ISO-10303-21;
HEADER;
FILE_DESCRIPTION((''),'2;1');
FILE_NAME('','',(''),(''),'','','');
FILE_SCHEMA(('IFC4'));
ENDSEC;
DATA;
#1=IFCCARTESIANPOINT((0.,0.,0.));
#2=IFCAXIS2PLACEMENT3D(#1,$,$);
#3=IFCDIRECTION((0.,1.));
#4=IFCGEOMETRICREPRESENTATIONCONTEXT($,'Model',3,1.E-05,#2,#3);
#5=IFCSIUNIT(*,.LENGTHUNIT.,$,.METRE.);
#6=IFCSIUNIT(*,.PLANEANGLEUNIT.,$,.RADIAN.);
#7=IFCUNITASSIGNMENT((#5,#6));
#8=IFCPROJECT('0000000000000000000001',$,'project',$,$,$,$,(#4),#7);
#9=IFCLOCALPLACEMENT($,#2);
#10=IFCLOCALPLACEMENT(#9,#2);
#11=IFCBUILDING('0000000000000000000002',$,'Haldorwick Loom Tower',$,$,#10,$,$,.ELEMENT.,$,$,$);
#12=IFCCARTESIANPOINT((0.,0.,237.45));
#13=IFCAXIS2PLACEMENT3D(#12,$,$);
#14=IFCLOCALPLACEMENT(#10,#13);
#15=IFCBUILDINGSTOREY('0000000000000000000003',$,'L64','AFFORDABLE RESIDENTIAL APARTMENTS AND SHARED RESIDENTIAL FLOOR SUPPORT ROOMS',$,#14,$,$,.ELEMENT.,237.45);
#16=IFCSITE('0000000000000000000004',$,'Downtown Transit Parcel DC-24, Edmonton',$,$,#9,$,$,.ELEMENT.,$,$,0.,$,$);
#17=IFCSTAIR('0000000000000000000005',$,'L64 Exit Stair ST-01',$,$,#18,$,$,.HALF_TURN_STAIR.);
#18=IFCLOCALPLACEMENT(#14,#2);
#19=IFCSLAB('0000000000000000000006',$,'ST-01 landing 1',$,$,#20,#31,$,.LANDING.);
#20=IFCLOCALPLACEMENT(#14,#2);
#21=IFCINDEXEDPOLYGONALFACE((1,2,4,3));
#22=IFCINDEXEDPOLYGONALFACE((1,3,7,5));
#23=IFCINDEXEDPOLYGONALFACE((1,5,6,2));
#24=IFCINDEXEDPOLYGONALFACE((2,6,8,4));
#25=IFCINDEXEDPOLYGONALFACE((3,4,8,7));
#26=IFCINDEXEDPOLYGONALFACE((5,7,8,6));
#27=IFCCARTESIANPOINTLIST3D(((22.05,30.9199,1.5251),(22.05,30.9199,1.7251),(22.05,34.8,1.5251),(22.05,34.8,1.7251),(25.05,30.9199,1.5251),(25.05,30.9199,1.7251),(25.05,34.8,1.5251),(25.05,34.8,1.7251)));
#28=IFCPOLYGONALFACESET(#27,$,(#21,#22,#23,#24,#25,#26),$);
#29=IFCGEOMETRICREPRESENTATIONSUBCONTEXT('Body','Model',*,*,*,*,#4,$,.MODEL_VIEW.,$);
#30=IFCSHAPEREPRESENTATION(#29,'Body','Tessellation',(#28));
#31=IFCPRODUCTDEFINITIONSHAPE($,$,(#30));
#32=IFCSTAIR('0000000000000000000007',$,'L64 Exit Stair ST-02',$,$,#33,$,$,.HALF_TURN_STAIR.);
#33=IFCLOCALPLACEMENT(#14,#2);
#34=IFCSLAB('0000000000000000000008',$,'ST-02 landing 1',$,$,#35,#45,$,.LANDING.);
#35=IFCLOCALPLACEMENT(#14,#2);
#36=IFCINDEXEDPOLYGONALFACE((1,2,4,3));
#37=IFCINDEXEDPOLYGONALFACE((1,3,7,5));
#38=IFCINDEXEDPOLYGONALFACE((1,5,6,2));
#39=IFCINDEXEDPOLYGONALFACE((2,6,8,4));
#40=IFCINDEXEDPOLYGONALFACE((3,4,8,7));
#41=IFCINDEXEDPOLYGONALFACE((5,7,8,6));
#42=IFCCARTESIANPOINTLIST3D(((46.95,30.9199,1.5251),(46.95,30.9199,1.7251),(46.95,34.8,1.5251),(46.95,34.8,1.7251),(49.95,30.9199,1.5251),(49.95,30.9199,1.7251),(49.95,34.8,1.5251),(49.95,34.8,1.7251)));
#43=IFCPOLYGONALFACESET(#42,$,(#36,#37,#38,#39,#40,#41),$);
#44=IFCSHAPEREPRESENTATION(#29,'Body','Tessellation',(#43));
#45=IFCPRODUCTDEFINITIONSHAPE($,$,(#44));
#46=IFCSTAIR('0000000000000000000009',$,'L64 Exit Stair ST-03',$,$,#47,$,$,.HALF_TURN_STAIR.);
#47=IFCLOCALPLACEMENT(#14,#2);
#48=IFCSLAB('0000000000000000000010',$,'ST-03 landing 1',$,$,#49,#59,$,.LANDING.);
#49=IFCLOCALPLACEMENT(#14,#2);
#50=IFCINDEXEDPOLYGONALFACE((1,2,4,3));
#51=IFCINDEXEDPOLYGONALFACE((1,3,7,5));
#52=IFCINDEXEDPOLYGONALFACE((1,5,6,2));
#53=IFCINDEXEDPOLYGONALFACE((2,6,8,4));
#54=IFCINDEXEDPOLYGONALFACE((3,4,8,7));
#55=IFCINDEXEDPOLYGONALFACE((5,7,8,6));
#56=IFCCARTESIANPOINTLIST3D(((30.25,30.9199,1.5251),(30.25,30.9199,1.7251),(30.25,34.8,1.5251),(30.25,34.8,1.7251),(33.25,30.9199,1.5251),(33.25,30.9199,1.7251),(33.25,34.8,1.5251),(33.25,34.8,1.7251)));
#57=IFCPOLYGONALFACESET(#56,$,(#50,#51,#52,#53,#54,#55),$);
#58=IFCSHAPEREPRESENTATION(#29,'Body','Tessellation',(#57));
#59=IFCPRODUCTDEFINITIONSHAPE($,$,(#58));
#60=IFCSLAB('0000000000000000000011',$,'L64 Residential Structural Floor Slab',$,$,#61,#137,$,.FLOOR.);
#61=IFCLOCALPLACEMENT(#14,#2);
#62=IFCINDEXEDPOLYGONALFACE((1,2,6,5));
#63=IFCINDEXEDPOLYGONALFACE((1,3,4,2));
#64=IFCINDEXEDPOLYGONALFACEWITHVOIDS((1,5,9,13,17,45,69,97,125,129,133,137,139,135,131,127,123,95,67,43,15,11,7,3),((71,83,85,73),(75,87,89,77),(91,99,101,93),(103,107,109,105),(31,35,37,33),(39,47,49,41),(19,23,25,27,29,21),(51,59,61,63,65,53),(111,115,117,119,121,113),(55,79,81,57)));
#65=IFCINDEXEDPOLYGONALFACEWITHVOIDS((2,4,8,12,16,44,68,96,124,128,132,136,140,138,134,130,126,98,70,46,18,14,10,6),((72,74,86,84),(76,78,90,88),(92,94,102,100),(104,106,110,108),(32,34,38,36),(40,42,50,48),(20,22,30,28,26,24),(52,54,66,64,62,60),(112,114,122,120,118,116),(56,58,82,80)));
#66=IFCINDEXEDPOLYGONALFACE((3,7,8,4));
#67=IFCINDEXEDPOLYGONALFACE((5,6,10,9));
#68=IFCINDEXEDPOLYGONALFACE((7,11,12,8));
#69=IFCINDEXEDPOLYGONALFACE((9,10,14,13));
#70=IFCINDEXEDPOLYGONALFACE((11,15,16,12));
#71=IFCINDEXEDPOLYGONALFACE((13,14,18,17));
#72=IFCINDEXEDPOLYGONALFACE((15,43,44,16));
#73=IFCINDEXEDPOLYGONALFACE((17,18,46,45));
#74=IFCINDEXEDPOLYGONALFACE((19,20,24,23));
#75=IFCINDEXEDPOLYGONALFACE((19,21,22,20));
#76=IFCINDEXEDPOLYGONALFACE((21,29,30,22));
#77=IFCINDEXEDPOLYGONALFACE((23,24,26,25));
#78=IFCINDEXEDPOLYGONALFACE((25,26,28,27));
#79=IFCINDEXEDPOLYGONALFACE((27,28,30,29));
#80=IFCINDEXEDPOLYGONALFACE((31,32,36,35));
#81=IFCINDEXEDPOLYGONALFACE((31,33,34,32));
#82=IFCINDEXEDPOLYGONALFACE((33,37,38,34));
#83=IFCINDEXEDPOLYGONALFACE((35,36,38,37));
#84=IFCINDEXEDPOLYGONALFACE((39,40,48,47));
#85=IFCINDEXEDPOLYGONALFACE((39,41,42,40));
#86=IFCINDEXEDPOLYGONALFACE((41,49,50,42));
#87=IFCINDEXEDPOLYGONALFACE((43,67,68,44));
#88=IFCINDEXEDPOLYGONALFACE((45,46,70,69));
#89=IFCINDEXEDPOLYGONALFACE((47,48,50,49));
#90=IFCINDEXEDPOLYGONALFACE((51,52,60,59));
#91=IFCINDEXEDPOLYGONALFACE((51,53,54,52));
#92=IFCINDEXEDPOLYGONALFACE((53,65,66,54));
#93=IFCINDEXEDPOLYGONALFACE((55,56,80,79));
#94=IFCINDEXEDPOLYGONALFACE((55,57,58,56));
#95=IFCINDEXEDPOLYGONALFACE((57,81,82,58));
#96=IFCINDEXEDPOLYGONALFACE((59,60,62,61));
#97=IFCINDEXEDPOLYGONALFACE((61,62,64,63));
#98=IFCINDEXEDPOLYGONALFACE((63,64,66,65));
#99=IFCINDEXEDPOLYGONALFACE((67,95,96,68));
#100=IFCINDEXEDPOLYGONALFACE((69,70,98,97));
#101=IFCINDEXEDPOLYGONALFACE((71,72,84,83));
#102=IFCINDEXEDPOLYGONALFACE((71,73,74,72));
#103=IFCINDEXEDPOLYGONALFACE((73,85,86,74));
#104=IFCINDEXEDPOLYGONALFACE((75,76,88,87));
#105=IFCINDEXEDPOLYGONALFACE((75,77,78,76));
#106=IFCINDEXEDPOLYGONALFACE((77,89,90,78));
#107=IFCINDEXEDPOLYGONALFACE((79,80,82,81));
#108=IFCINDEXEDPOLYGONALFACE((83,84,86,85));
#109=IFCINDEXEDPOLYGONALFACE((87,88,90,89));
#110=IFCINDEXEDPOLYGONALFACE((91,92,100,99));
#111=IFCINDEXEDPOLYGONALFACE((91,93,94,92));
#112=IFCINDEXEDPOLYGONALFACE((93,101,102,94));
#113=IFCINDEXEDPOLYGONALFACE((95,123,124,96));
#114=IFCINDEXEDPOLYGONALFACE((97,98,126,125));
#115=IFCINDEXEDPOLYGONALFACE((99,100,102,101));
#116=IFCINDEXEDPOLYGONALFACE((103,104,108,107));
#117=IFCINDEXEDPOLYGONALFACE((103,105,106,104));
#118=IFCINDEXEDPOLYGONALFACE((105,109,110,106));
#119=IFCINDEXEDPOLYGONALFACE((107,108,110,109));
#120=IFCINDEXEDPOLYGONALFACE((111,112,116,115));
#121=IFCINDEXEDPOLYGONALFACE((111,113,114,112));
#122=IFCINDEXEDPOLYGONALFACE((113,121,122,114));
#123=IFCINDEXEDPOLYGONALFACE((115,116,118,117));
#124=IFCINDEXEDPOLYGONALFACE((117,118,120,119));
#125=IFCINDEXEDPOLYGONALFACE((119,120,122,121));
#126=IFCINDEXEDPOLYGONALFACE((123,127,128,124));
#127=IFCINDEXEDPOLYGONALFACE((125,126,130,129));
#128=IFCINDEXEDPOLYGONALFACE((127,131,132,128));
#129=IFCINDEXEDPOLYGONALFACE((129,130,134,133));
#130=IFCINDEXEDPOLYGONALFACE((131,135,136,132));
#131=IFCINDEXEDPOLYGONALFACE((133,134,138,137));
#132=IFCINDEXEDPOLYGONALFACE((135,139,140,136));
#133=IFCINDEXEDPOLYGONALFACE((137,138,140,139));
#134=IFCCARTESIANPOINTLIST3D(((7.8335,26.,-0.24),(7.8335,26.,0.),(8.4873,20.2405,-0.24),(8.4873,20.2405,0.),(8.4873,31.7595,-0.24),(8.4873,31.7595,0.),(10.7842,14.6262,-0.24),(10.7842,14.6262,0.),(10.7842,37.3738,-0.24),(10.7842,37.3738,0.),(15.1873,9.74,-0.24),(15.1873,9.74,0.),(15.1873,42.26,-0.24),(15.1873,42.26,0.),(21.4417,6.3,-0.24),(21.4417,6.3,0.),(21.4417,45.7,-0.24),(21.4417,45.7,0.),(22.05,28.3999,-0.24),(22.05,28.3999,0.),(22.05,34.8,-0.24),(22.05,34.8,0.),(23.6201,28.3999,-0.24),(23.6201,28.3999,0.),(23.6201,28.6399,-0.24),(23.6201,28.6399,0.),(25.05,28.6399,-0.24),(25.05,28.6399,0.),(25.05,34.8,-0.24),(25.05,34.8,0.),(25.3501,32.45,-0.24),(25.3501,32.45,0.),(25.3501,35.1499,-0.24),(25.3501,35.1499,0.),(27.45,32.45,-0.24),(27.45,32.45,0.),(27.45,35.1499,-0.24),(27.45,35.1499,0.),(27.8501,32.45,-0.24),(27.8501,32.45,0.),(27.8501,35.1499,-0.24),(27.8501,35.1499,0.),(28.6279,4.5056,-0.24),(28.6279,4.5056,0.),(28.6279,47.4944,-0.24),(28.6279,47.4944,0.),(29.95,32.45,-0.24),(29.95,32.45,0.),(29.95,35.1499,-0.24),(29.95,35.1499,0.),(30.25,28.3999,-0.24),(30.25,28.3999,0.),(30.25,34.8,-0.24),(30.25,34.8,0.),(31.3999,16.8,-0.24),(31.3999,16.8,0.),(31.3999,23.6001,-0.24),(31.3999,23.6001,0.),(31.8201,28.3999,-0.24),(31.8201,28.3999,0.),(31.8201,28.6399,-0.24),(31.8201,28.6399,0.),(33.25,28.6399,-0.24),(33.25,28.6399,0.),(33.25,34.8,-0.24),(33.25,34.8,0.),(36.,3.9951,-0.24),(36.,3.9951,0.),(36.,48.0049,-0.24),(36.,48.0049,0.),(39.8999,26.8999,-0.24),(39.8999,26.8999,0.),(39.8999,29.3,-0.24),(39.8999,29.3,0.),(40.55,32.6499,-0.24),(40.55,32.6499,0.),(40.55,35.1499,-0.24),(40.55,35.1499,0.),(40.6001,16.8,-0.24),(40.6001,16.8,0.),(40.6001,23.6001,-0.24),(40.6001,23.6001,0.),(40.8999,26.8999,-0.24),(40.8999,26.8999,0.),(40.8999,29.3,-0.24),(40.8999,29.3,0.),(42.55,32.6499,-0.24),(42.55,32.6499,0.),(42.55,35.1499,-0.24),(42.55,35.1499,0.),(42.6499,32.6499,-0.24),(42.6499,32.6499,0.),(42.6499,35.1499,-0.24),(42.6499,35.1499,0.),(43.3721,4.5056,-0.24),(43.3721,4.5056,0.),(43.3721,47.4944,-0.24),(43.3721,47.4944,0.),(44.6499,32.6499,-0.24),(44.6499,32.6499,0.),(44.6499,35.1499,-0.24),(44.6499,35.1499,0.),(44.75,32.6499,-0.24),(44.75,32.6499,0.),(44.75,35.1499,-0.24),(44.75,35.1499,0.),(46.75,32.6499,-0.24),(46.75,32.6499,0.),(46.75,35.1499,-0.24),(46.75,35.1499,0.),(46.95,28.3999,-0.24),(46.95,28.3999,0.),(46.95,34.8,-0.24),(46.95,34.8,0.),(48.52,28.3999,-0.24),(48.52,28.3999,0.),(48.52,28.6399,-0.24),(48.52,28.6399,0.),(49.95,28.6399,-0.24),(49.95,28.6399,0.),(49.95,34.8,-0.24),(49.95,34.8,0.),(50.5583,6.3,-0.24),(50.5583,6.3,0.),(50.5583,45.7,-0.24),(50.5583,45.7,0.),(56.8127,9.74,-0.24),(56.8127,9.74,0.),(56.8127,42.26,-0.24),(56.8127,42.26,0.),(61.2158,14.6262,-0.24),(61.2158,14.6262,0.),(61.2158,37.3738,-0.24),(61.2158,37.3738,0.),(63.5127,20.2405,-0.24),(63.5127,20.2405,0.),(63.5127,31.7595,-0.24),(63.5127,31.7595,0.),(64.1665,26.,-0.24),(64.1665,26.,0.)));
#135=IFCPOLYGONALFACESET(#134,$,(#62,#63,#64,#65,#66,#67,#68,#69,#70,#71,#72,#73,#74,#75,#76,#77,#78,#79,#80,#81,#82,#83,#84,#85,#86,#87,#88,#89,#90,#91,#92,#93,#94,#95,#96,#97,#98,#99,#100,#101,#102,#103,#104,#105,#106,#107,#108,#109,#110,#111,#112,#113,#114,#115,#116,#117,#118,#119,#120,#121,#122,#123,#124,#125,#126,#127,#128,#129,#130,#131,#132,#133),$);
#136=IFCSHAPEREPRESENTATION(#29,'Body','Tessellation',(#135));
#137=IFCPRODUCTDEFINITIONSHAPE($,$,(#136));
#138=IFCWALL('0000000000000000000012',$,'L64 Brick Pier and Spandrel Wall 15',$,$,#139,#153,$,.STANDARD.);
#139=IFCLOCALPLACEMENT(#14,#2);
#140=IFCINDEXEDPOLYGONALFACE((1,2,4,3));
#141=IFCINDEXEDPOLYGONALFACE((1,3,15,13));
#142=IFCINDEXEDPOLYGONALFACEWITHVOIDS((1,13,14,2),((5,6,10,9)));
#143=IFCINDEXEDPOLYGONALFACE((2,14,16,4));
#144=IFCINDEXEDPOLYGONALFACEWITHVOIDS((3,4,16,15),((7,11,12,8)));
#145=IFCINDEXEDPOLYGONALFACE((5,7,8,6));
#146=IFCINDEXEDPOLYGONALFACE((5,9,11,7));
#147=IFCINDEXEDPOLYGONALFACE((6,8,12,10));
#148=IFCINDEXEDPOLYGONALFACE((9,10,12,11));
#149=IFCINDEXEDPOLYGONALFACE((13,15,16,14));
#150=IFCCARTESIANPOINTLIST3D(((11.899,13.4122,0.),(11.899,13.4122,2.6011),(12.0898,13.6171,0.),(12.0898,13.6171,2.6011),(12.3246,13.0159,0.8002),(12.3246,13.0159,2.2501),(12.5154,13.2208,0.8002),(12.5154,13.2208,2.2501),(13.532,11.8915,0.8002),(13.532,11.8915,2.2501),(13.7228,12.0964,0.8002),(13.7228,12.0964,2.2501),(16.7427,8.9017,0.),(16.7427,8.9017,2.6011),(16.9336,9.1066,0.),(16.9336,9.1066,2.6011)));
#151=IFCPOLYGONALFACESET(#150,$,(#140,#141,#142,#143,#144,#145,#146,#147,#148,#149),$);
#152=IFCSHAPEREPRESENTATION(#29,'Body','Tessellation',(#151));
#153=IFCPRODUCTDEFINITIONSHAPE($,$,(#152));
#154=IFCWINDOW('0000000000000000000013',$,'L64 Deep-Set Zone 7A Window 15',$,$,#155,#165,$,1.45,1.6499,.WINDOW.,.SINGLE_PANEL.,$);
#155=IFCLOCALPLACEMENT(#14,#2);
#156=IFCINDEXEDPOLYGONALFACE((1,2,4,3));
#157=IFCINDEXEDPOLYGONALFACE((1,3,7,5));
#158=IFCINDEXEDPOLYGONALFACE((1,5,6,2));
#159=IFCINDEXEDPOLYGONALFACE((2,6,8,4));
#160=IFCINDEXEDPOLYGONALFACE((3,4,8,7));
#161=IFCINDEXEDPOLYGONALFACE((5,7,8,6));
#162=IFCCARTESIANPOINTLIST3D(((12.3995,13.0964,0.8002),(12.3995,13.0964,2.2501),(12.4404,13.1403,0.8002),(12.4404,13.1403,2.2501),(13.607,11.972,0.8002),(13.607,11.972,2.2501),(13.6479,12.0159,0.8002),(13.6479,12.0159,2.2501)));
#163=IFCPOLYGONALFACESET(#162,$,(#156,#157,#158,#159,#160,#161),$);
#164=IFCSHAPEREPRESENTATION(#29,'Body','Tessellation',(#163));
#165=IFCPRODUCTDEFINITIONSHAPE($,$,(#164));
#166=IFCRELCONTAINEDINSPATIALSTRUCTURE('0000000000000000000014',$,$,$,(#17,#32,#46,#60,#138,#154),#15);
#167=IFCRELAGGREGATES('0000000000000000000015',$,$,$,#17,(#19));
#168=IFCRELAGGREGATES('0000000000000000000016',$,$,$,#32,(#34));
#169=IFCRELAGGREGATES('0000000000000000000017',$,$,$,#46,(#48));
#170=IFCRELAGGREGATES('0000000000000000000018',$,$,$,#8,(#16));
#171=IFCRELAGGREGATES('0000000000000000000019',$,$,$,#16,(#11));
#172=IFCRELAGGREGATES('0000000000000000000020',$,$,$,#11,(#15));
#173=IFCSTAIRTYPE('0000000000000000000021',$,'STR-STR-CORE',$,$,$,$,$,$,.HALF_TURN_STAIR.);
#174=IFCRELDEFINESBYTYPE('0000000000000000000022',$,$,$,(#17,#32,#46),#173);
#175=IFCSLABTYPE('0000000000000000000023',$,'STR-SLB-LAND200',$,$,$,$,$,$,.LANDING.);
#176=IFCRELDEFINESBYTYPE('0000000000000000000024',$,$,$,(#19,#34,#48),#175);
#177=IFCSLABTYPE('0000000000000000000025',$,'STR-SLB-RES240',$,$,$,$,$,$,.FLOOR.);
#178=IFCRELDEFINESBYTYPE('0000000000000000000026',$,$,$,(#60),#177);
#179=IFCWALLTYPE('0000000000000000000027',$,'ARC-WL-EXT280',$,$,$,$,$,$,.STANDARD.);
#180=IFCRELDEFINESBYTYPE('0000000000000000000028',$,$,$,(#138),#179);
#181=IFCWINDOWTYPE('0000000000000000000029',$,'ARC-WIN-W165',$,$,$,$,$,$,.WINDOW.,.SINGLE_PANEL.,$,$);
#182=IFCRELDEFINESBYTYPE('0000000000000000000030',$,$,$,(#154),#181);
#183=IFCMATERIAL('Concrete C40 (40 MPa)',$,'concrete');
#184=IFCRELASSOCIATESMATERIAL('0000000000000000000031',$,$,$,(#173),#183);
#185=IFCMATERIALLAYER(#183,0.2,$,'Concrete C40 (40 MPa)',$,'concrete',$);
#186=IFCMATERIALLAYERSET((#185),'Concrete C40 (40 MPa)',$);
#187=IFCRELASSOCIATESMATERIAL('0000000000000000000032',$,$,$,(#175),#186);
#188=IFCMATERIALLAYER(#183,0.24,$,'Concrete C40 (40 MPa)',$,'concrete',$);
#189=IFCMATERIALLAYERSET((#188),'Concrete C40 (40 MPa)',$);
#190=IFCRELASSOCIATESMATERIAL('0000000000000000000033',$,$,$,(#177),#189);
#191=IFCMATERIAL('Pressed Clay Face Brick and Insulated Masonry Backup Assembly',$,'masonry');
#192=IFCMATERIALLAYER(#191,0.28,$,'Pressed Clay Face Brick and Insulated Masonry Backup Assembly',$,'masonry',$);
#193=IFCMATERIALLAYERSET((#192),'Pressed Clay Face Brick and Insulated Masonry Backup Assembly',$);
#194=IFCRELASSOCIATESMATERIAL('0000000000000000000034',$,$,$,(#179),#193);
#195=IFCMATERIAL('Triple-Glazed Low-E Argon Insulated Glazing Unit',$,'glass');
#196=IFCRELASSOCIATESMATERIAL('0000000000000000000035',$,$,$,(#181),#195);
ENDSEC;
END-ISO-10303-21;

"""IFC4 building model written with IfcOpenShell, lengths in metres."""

from ifc_helpers import new_model, si_unit, direction, frame, frame_2d, origin, place, context, subcontext, project, spatial, polyline, rectangle, outline, extrude, material, layer, layer_set, type_object, element, fill, aggregate, save


model = new_model("IFC4")

# Units and contexts
model_context = context("Model", 3, precision=1e-05, world=origin(), true_north=direction((0.0, 1.0)))
body_context = subcontext(model_context, "Body", "Model", "MODEL_VIEW")
ifc_project = project(units=[si_unit("LENGTHUNIT", "METRE"), si_unit("PLANEANGLEUNIT", "RADIAN")], contexts=[model_context])

# Site, building, storey
site_placement = place(None, origin())
site = spatial("IfcSite", under=ifc_project, at=site_placement, Name="Downtown Transit Parcel DC-24, Edmonton", CompositionType="ELEMENT", RefElevation=0.0)
building_placement = place(site_placement, origin())
building = spatial("IfcBuilding", under=site, at=building_placement, Name="Haldorwick Loom Tower", CompositionType="ELEMENT")
storey_placement = place(building_placement, frame((0.0, 0.0, 237.45)))
storey = spatial("IfcBuildingStorey", under=building, at=storey_placement, Name="L64", Description="AFFORDABLE RESIDENTIAL APARTMENTS AND SHARED RESIDENTIAL FLOOR SUPPORT ROOMS", CompositionType="ELEMENT", Elevation=237.45)

# Shared definitions
ifc_material_1 = material(Name="Concrete C40 (40 MPa)", Category="concrete")

# Stairs, slabs
stair_type = type_object("IfcStairType", Name="STR-STR-CORE", PredefinedType="HALF_TURN_STAIR", material=ifc_material_1)
stair_1_placement = place(storey_placement, origin())
stair_1 = element("IfcStair", 1, at=stair_1_placement, inside=storey, type_object=stair_type, Name="L64 Exit Stair ST-01", PredefinedType="HALF_TURN_STAIR")
ifc_layer_1 = layer(ifc_material_1, 0.2, Name="Concrete C40 (40 MPa)", Category="concrete")
ifc_layer_set_1 = layer_set([ifc_layer_1], Name="Concrete C40 (40 MPa)")
slab_type_1 = type_object("IfcSlabType", Name="STR-SLB-LAND200", PredefinedType="LANDING", material=ifc_layer_set_1)
slab_1_placement = place(storey_placement, frame((0.0, 0.0, 1.5251)))
slab_1 = element("IfcSlab", 2, at=slab_1_placement, type_object=slab_type_1, Name="ST-01 landing 1", PredefinedType="LANDING", context=body_context, shape_type="SweptSolid", body=[
    extrude(outline(polyline([(25.05, 30.9199), (25.05, 34.8), (22.05, 34.8), (22.05, 30.9199), (25.05, 30.9199)])), origin(), (0.0, 0.0, 1.0), 0.2),
])
aggregate(stair_1, [slab_1])
stair_2_placement = place(storey_placement, origin())
stair_2 = element("IfcStair", 3, at=stair_2_placement, inside=storey, type_object=stair_type, Name="L64 Exit Stair ST-02", PredefinedType="HALF_TURN_STAIR")
slab_2_placement = place(storey_placement, frame((0.0, 0.0, 1.5251)))
slab_2 = element("IfcSlab", 4, at=slab_2_placement, type_object=slab_type_1, Name="ST-02 landing 1", PredefinedType="LANDING", context=body_context, shape_type="SweptSolid", body=[
    extrude(outline(polyline([(49.95, 30.9199), (49.95, 34.8), (46.95, 34.8), (46.95, 30.9199), (49.95, 30.9199)])), origin(), (0.0, 0.0, 1.0), 0.2),
])
aggregate(stair_2, [slab_2])
stair_3_placement = place(storey_placement, origin())
stair_3 = element("IfcStair", 5, at=stair_3_placement, inside=storey, type_object=stair_type, Name="L64 Exit Stair ST-03", PredefinedType="HALF_TURN_STAIR")
slab_3_placement = place(storey_placement, frame((0.0, 0.0, 1.5251)))
slab_3 = element("IfcSlab", 6, at=slab_3_placement, type_object=slab_type_1, Name="ST-03 landing 1", PredefinedType="LANDING", context=body_context, shape_type="SweptSolid", body=[
    extrude(outline(polyline([(33.25, 30.9199), (33.25, 34.8), (30.25, 34.8), (30.25, 30.9199), (33.25, 30.9199)])), origin(), (0.0, 0.0, 1.0), 0.2),
])
aggregate(stair_3, [slab_3])

# Slab
ifc_layer_2 = layer(ifc_material_1, 0.24, Name="Concrete C40 (40 MPa)", Category="concrete")
ifc_layer_set_2 = layer_set([ifc_layer_2], Name="Concrete C40 (40 MPa)")
slab_type_2 = type_object("IfcSlabType", Name="STR-SLB-RES240", PredefinedType="FLOOR", material=ifc_layer_set_2)
slab_4_placement = place(storey_placement, frame((0.0, 0.0, -0.24)))
element("IfcSlab", 7, at=slab_4_placement, inside=storey, type_object=slab_type_2, Name="L64 Residential Structural Floor Slab", PredefinedType="FLOOR", context=body_context, shape_type="SweptSolid", body=[
    extrude(outline(polyline([(56.8127, 9.74), (61.2158, 14.6262), (63.5127, 20.2405), (64.1665, 26.0), (63.5127, 31.7595), (61.2158, 37.3738), (56.8127, 42.26), (50.5583, 45.7), (43.3721, 47.4944), (36.0, 48.0049), (28.6279, 47.4944), (21.4417, 45.7), (15.1873, 42.26), (10.7842, 37.3738), (8.4873, 31.7595), (7.8335, 26.0), (8.4873, 20.2405), (10.7842, 14.6262), (15.1873, 9.74), (21.4417, 6.3), (28.6279, 4.5056), (36.0, 3.9951), (43.3721, 4.5056), (50.5583, 6.3), (56.8127, 9.74)]), holes=[polyline([(31.3999, 16.8), (31.3999, 23.6001), (40.6001, 23.6001), (40.6001, 16.8), (31.3999, 16.8)]), polyline([(40.8999, 26.8999), (39.8999, 26.8999), (39.8999, 29.3), (40.8999, 29.3), (40.8999, 26.8999)]), polyline([(23.6201, 28.3999), (22.05, 28.3999), (22.05, 34.8), (25.05, 34.8), (25.05, 28.6399), (23.6201, 28.6399), (23.6201, 28.3999)]), polyline([(30.25, 28.3999), (30.25, 34.8), (33.25, 34.8), (33.25, 28.6399), (31.8201, 28.6399), (31.8201, 28.3999), (30.25, 28.3999)]), polyline([(46.95, 28.3999), (46.95, 34.8), (49.95, 34.8), (49.95, 28.6399), (48.52, 28.6399), (48.52, 28.3999), (46.95, 28.3999)]), polyline([(27.45, 32.45), (25.3501, 32.45), (25.3501, 35.1499), (27.45, 35.1499), (27.45, 32.45)]), polyline([(29.95, 32.45), (27.8501, 32.45), (27.8501, 35.1499), (29.95, 35.1499), (29.95, 32.45)]), polyline([(42.55, 32.6499), (40.55, 32.6499), (40.55, 35.1499), (42.55, 35.1499), (42.55, 32.6499)]), polyline([(42.6499, 32.6499), (42.6499, 35.1499), (44.6499, 35.1499), (44.6499, 32.6499), (42.6499, 32.6499)]), polyline([(44.75, 32.6499), (44.75, 35.1499), (46.75, 35.1499), (46.75, 32.6499), (44.75, 32.6499)])]), origin(), (0.0, 0.0, 1.0), 0.24),
])

# Wall, opening, window
ifc_material_2 = material(Name="Pressed Clay Face Brick and Insulated Masonry Backup Assembly", Category="masonry")
ifc_layer_3 = layer(ifc_material_2, 0.28, Name="Pressed Clay Face Brick and Insulated Masonry Backup Assembly", Category="masonry")
ifc_layer_set_3 = layer_set([ifc_layer_3], Name="Pressed Clay Face Brick and Insulated Masonry Backup Assembly")
wall_type_1 = type_object("IfcWallType", Name="ARC-WL-EXT280", PredefinedType="STANDARD", material=ifc_layer_set_3)
wall_1_placement = place(storey_placement, frame((11.9944, 13.5146, 0.0), z_axis=(0.0, 0.0, 1.0), x_axis=(0.731834, -0.681483, 0.0)))
wall_1 = element("IfcWall", 8, at=wall_1_placement, inside=storey, type_object=wall_type_1, Name="L64 Brick Pier and Spandrel Wall 15", PredefinedType="STANDARD", context=body_context, shape_type="SweptSolid", body=[
    extrude(rectangle(XDim=6.6187, YDim=0.28, at=frame_2d((3.3093, 0.0))), origin(), (0.0, 0.0, 1.0), 2.6011),
])
opening_1_placement = place(wall_1_placement, frame((0.5815, 0.0, 0.8)))
opening_1 = element("IfcOpeningElement", 9, at=opening_1_placement, cuts=wall_1, PredefinedType="OPENING", context=body_context, shape_type="SweptSolid", body=[
    extrude(rectangle(XDim=1.6499, YDim=1.45, at=frame_2d((0.825, 0.7251))), frame((0.0, 0.1499, 0.0), z_axis=(0.0, -1.0, 0.0), x_axis=(1.0, 0.0, 0.0)), (0.0, 0.0, 1.0), 0.3),
])
ifc_material_3 = material(Name="Triple-Glazed Low-E Argon Insulated Glazing Unit", Category="glass")
window_type = type_object("IfcWindowType", Name="ARC-WIN-W165", PartitioningType="SINGLE_PANEL", PredefinedType="WINDOW", material=ifc_material_3)
window_1_placement = place(opening_1_placement, origin())
window_1 = element("IfcWindow", 10, at=window_1_placement, inside=storey, type_object=window_type, Name="L64 Deep-Set Zone 7A Window 15", OverallHeight=1.45, OverallWidth=1.6499, PartitioningType="SINGLE_PANEL", PredefinedType="WINDOW", context=body_context, shape_type="SweptSolid", body=[
    extrude(rectangle(XDim=1.6499, YDim=1.45, at=frame_2d((0.825, 0.7251))), frame((0.0, 0.03, 0.0), z_axis=(0.0, -1.0, 0.0), x_axis=(1.0, 0.0, 0.0)), (0.0, 0.0, 1.0), 0.0601),
])
fill(opening_1, window_1)

save(model, "model.ifc")
